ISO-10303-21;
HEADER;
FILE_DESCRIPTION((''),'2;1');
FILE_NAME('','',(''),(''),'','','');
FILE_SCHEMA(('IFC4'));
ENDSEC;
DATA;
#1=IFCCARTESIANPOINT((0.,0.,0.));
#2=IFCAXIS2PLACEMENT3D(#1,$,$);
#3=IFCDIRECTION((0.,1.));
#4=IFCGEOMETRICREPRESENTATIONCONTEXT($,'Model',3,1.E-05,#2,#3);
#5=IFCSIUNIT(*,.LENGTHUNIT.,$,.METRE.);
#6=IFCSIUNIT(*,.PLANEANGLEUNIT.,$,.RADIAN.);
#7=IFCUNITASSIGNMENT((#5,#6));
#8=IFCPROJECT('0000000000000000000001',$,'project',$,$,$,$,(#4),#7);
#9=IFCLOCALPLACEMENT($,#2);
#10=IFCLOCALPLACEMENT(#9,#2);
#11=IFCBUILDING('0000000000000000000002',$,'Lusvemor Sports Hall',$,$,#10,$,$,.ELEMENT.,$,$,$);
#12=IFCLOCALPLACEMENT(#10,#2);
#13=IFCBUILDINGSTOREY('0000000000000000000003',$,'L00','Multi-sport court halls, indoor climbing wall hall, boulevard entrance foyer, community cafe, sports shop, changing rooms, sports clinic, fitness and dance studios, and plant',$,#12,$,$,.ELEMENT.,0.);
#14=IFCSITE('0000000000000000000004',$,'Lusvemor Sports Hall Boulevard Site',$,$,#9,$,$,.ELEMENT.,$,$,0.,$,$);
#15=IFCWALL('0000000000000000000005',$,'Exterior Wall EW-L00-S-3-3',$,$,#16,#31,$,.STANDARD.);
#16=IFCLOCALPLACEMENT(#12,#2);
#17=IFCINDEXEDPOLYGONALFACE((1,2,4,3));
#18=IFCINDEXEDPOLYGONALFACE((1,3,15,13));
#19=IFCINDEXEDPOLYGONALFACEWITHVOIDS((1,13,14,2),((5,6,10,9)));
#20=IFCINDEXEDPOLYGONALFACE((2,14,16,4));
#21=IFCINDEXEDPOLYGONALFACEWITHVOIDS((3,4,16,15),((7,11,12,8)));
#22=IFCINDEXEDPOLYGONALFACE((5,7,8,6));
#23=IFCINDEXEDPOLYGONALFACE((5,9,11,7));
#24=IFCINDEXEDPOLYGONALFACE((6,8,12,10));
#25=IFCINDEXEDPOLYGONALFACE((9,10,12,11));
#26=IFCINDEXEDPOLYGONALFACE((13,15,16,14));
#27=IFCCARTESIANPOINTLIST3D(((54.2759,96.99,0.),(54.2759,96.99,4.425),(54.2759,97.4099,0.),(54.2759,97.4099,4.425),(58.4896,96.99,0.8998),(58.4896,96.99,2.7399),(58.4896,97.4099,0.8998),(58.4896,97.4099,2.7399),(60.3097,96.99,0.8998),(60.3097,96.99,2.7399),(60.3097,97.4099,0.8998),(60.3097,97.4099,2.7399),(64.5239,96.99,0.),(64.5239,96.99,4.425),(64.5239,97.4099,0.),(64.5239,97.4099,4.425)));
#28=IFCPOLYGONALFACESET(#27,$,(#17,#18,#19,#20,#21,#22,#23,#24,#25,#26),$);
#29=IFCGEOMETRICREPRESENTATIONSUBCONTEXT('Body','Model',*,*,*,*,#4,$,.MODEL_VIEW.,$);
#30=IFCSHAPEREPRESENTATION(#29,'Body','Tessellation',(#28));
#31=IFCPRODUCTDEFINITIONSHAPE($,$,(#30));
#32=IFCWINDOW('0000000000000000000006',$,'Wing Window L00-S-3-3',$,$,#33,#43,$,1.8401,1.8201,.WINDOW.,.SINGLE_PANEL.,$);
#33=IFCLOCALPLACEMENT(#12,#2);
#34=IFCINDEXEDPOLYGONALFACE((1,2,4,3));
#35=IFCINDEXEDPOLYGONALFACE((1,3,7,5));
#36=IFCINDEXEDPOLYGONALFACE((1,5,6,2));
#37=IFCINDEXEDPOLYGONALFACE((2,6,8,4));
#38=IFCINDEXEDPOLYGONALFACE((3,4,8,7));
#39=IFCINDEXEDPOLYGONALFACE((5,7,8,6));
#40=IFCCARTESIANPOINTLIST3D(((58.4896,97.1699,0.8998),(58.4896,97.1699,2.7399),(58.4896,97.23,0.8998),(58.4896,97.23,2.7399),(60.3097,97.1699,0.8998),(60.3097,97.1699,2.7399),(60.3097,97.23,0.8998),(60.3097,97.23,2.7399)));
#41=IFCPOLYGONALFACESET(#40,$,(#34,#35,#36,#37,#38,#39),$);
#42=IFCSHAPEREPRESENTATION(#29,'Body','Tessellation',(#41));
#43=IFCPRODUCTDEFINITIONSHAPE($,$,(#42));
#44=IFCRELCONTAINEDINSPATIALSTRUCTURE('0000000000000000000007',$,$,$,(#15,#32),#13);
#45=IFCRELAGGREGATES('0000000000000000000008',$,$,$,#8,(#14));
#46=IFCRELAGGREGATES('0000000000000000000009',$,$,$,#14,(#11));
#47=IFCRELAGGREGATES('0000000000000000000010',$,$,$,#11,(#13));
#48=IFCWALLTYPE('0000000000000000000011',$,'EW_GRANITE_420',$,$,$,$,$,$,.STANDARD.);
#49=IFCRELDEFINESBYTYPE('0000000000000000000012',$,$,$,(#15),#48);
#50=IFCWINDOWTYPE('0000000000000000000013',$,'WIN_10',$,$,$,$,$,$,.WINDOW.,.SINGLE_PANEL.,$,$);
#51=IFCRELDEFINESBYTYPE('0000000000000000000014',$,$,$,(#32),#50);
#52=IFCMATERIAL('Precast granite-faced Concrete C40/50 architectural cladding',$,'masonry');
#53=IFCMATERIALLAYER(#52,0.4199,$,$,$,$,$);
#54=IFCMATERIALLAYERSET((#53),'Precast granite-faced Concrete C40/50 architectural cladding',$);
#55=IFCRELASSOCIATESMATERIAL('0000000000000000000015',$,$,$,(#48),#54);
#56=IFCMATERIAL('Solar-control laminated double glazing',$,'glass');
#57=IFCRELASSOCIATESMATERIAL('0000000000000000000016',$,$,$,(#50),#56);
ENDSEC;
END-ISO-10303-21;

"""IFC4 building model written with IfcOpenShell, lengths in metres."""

from ifc_helpers import new_model, si_unit, direction, frame, frame_2d, origin, place, context, subcontext, project, spatial, rectangle, extrude, material, layer, layer_set, type_object, element, fill, save


model = new_model("IFC4")

# Units and contexts
model_context = context("Model", 3, precision=1e-05, world=origin(), true_north=direction((0.0, 1.0)))
body_context = subcontext(model_context, "Body", "Model", "MODEL_VIEW")
ifc_project = project(units=[si_unit("LENGTHUNIT", "METRE"), si_unit("PLANEANGLEUNIT", "RADIAN")], contexts=[model_context])

# Site, building, storey
site_placement = place(None, origin())
site = spatial("IfcSite", under=ifc_project, at=site_placement, Name="Lusvemor Sports Hall Boulevard Site", CompositionType="ELEMENT", RefElevation=0.0)
building_placement = place(site_placement, origin())
building = spatial("IfcBuilding", under=site, at=building_placement, Name="Lusvemor Sports Hall", CompositionType="ELEMENT")
storey_placement = place(building_placement, origin())
storey = spatial("IfcBuildingStorey", under=building, at=storey_placement, Name="L00", Description="Multi-sport court halls, indoor climbing wall hall, boulevard entrance foyer, community cafe, sports shop, changing rooms, sports clinic, fitness and dance studios, and plant", CompositionType="ELEMENT", Elevation=0.0)

# Wall, opening, window
ifc_material_1 = material(Name="Precast granite-faced Concrete C40/50 architectural cladding", Category="masonry")
ifc_layer_1 = layer(ifc_material_1, 0.4199)
ifc_layer_set_1 = layer_set([ifc_layer_1], Name="Precast granite-faced Concrete C40/50 architectural cladding")
wall_type = type_object("IfcWallType", Name="EW_GRANITE_420", PredefinedType="STANDARD", material=ifc_layer_set_1)
wall_placement = place(storey_placement, frame((64.5239, 97.2, 0.0), z_axis=(0.0, 0.0, 1.0), x_axis=(-1.0, 0.0, 0.0)))
wall = element("IfcWall", 1, at=wall_placement, inside=storey, type_object=wall_type, Name="Exterior Wall EW-L00-S-3-3", PredefinedType="STANDARD", context=body_context, shape_type="SweptSolid", body=[
    extrude(rectangle(XDim=10.248, YDim=0.4199, at=frame_2d((5.124, 0.0))), origin(), (0.0, 0.0, 1.0), 4.425),
])
opening_placement = place(wall_placement, frame((4.2141, 0.0, 0.8999)))
opening = element("IfcOpeningElement", 2, at=opening_placement, cuts=wall, PredefinedType="OPENING", context=body_context, shape_type="SweptSolid", body=[
    extrude(rectangle(XDim=1.8201, YDim=1.8401, at=frame_2d((0.9102, 0.9199))), frame((0.0, 0.21, 0.0), z_axis=(0.0, -1.0, 0.0), x_axis=(1.0, 0.0, 0.0)), (0.0, 0.0, 1.0), 0.4199),
])
ifc_material_2 = material(Name="Solar-control laminated double glazing", Category="glass")
window_type = type_object("IfcWindowType", Name="WIN_10", PartitioningType="SINGLE_PANEL", PredefinedType="WINDOW", material=ifc_material_2)
window_placement = place(opening_placement, origin())
window = element("IfcWindow", 3, at=window_placement, inside=storey, type_object=window_type, Name="Wing Window L00-S-3-3", OverallHeight=1.8401, OverallWidth=1.8201, PartitioningType="SINGLE_PANEL", PredefinedType="WINDOW", context=body_context, shape_type="SweptSolid", body=[
    extrude(rectangle(XDim=1.8201, YDim=1.8401, at=frame_2d((0.9102, 0.9199))), frame((0.0, 0.03, 0.0), z_axis=(0.0, -1.0, 0.0), x_axis=(1.0, 0.0, 0.0)), (0.0, 0.0, 1.0), 0.0601),
])
fill(opening, window)

save(model, "model.ifc")
